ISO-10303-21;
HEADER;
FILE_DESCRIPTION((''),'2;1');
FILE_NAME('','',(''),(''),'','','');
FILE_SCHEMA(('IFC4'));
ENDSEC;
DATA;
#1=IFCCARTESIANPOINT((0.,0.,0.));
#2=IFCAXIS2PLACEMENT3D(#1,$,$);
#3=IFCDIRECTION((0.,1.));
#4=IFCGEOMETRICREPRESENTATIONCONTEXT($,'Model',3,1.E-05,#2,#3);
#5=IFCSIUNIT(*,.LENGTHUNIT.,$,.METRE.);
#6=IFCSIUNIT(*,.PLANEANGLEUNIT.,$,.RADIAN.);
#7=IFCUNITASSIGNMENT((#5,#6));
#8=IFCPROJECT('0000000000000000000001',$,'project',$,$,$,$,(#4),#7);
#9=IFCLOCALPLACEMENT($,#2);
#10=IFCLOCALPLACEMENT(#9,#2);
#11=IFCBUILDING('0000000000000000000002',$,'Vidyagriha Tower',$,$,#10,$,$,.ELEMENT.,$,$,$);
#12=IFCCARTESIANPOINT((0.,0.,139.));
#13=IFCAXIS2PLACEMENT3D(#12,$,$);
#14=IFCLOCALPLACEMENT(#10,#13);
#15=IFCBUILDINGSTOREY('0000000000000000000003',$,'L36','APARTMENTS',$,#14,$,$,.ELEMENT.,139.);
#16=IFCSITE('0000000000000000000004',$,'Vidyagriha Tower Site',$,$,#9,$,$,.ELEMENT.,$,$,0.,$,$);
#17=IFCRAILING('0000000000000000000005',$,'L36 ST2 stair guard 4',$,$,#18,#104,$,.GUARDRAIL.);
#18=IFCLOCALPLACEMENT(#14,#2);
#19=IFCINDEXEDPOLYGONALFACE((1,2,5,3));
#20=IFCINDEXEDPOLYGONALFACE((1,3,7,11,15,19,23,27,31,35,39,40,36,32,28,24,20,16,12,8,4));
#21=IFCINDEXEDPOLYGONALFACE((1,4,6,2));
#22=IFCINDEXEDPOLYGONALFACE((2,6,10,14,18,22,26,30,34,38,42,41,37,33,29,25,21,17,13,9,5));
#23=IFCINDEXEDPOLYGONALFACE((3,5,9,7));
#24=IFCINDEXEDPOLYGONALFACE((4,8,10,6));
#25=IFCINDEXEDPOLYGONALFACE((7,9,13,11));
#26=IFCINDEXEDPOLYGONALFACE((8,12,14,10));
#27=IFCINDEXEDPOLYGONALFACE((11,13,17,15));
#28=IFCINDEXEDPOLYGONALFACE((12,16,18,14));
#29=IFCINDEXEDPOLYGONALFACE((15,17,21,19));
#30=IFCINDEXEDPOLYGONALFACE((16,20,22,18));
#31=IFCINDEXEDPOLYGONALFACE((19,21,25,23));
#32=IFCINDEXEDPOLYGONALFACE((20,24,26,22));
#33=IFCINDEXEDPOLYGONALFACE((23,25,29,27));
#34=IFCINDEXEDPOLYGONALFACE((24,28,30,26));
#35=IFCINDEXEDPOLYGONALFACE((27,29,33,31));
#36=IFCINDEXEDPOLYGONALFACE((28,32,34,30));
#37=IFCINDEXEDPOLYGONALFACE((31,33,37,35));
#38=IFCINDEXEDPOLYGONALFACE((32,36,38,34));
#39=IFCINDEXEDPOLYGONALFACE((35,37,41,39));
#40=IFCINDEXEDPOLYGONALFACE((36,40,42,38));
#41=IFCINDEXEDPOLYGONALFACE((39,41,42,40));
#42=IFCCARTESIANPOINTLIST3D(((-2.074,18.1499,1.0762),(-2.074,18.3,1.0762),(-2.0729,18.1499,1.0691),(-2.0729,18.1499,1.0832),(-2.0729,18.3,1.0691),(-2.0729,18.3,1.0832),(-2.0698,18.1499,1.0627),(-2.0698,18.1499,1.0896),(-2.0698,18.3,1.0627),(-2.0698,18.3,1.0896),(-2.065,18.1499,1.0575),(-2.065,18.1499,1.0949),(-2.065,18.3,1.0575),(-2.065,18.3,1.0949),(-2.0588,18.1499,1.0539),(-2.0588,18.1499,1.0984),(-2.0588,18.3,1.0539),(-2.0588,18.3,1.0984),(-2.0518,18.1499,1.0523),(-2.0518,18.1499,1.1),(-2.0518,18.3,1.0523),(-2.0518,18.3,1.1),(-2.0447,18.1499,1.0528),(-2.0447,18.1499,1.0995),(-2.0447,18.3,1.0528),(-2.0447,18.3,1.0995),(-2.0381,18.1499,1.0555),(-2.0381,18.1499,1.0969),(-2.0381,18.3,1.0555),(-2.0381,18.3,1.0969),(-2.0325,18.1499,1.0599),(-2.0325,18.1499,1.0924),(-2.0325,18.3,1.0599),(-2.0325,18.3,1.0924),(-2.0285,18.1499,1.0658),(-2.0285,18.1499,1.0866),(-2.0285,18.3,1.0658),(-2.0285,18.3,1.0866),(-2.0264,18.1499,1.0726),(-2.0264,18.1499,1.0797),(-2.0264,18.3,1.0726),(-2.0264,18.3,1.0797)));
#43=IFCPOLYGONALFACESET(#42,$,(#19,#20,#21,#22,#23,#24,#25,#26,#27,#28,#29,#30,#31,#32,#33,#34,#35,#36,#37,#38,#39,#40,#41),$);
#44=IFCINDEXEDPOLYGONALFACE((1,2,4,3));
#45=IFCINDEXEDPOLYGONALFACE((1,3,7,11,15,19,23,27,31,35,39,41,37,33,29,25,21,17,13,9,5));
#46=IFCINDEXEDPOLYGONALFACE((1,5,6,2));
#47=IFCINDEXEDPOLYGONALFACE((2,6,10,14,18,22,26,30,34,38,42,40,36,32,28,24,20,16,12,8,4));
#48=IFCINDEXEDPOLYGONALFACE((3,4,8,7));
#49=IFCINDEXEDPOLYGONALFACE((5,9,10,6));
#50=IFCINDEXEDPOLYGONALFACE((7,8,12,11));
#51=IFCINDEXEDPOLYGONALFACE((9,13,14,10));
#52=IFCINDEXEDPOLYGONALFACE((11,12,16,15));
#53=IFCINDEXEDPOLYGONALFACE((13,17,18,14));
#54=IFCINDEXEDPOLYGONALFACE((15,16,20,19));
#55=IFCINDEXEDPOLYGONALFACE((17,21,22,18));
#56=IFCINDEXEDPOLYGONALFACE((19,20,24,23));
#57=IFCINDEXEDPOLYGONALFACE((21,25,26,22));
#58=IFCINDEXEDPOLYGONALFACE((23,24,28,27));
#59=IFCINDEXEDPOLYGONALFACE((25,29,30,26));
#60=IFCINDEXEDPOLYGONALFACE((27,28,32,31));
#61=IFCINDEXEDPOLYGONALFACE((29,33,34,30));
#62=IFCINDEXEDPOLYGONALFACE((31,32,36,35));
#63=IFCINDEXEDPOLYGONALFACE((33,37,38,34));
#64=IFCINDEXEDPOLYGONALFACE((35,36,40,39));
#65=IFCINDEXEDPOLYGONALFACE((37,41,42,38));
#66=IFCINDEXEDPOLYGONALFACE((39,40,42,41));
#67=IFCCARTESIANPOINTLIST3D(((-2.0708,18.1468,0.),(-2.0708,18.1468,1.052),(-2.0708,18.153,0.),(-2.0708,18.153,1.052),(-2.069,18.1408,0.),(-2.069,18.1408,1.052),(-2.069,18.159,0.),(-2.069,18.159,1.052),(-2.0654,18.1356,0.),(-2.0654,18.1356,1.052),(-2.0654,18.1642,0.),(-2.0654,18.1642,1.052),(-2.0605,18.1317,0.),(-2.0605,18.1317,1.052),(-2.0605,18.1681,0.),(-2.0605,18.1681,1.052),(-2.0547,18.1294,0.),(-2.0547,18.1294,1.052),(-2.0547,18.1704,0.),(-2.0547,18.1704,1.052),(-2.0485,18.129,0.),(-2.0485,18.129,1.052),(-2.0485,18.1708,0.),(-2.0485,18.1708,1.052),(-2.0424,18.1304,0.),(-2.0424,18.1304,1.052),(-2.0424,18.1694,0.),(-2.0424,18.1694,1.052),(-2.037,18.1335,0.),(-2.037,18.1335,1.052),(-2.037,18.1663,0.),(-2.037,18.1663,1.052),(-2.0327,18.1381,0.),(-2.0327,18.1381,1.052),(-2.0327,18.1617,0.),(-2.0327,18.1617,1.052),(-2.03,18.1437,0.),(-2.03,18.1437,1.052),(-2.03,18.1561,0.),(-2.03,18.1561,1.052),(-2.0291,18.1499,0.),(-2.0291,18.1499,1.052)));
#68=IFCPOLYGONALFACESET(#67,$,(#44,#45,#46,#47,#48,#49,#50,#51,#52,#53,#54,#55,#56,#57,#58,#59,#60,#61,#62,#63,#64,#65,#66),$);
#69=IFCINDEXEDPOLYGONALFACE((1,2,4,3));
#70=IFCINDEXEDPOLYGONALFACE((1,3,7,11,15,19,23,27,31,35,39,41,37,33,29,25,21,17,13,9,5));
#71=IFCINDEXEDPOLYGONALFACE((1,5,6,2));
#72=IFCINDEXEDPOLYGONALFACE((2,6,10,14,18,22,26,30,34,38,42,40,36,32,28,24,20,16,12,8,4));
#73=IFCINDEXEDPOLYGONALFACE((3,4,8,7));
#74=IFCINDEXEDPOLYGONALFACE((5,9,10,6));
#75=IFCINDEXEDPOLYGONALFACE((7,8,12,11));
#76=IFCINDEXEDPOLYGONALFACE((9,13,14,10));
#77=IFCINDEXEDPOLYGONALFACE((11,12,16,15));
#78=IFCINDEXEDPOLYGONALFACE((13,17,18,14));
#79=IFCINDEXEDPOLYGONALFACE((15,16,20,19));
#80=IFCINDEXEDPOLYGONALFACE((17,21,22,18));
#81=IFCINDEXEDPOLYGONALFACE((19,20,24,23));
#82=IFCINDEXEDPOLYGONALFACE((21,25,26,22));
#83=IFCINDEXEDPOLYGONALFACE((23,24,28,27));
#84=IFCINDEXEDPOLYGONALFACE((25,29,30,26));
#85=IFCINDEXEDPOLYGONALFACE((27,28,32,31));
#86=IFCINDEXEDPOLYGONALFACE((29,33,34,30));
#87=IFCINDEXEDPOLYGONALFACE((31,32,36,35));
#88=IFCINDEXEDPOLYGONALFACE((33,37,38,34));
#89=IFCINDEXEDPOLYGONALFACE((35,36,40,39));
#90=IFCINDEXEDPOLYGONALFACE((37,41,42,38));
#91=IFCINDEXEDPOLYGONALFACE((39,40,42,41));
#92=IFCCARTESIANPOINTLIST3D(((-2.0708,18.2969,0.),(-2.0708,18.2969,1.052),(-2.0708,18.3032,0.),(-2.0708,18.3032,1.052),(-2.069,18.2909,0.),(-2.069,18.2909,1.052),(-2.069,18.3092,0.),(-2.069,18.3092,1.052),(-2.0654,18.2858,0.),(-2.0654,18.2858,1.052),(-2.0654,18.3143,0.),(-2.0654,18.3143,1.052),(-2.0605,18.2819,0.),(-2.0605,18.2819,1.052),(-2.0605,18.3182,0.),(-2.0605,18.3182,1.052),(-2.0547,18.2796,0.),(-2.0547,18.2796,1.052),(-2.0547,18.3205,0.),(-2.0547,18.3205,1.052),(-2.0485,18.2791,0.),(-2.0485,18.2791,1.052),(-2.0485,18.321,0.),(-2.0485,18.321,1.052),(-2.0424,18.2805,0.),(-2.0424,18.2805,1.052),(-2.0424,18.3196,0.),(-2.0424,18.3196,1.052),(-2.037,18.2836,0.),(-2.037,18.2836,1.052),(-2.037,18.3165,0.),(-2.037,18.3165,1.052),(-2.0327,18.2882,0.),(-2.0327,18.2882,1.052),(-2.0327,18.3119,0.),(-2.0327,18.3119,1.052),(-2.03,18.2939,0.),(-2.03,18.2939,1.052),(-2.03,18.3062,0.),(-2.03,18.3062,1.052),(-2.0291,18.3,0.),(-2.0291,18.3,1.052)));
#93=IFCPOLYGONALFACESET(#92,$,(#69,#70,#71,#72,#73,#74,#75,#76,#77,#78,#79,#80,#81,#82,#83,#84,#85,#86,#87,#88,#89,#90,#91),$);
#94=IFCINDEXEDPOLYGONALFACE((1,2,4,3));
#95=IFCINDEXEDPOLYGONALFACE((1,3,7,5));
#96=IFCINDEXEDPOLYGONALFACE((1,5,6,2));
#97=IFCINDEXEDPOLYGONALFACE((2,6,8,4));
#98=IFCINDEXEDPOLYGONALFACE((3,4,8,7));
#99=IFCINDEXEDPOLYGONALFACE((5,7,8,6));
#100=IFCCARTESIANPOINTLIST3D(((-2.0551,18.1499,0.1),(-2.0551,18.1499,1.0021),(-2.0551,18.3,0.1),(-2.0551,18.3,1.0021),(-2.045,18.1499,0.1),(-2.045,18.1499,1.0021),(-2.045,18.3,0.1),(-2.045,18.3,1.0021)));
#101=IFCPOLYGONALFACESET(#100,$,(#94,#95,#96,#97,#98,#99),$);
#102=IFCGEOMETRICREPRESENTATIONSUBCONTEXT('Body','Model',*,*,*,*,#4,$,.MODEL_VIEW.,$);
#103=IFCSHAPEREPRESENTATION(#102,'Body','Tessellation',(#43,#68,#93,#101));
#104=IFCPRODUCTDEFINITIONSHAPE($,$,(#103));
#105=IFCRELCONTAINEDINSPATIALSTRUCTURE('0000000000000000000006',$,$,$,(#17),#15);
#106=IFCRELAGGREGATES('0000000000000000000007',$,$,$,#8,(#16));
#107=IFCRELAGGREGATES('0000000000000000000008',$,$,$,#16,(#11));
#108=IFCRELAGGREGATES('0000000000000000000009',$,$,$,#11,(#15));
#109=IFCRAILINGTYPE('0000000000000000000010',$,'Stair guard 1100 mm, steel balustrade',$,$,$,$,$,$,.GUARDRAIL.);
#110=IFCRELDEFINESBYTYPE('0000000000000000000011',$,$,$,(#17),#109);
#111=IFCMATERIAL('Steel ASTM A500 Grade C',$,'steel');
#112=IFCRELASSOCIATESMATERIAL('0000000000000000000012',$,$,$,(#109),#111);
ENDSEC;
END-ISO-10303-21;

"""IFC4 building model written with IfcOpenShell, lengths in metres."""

from ifc_helpers import new_model, si_unit, direction, frame, origin, origin_2d, place, context, subcontext, project, spatial, rectangle, circle, extrude, material, type_object, element, save


model = new_model("IFC4")

# Units and contexts
model_context = context("Model", 3, precision=1e-05, world=origin(), true_north=direction((0.0, 1.0)))
body_context = subcontext(model_context, "Body", "Model", "MODEL_VIEW")
ifc_project = project(units=[si_unit("LENGTHUNIT", "METRE"), si_unit("PLANEANGLEUNIT", "RADIAN")], contexts=[model_context])

# Site, building, storey
site_placement = place(None, origin())
site = spatial("IfcSite", under=ifc_project, at=site_placement, Name="Vidyagriha Tower Site", CompositionType="ELEMENT", RefElevation=0.0)
building_placement = place(site_placement, origin())
building = spatial("IfcBuilding", under=site, at=building_placement, Name="Vidyagriha Tower", CompositionType="ELEMENT")
storey_placement = place(building_placement, frame((0.0, 0.0, 139.0)))
storey = spatial("IfcBuildingStorey", under=building, at=storey_placement, Name="L36", Description="APARTMENTS", CompositionType="ELEMENT", Elevation=139.0)

# Railing
ifc_material_1 = material(Name="Steel ASTM A500 Grade C", Category="steel")
railing_type_1 = type_object("IfcRailingType", Name="Stair guard 1100 mm, steel balustrade", PredefinedType="GUARDRAIL", material=ifc_material_1)
railing_1_placement = place(storey_placement, frame((-2.05, 18.1499, 0.0)))
element("IfcRailing", 1, at=railing_1_placement, inside=storey, type_object=railing_type_1, Name="L36 ST2 stair guard 4", PredefinedType="GUARDRAIL", context=body_context, shape_type="SweptSolid", body=[
    extrude(circle(Radius=0.0239, at=origin_2d()), frame((0.0, 0.0, 1.0762), z_axis=(0.0, 1.0, 0.0), x_axis=(-1.0, 0.0, 0.0)), (0.0, 0.0, 1.0), 0.1501),
    extrude(circle(Radius=0.021, at=origin_2d()), origin(), (0.0, 0.0, 1.0), 1.052),
    extrude(circle(Radius=0.021, at=origin_2d()), frame((0.0, 0.1501, 0.0)), (0.0, 0.0, 1.0), 1.052),
    extrude(rectangle(XDim=0.01, YDim=0.9021, at=origin_2d()), frame((0.0, 0.0, 0.551), z_axis=(0.0, 1.0, 0.0), x_axis=(-1.0, 0.0, 0.0)), (0.0, 0.0, 1.0), 0.1501),
])

save(model, "model.ifc")
